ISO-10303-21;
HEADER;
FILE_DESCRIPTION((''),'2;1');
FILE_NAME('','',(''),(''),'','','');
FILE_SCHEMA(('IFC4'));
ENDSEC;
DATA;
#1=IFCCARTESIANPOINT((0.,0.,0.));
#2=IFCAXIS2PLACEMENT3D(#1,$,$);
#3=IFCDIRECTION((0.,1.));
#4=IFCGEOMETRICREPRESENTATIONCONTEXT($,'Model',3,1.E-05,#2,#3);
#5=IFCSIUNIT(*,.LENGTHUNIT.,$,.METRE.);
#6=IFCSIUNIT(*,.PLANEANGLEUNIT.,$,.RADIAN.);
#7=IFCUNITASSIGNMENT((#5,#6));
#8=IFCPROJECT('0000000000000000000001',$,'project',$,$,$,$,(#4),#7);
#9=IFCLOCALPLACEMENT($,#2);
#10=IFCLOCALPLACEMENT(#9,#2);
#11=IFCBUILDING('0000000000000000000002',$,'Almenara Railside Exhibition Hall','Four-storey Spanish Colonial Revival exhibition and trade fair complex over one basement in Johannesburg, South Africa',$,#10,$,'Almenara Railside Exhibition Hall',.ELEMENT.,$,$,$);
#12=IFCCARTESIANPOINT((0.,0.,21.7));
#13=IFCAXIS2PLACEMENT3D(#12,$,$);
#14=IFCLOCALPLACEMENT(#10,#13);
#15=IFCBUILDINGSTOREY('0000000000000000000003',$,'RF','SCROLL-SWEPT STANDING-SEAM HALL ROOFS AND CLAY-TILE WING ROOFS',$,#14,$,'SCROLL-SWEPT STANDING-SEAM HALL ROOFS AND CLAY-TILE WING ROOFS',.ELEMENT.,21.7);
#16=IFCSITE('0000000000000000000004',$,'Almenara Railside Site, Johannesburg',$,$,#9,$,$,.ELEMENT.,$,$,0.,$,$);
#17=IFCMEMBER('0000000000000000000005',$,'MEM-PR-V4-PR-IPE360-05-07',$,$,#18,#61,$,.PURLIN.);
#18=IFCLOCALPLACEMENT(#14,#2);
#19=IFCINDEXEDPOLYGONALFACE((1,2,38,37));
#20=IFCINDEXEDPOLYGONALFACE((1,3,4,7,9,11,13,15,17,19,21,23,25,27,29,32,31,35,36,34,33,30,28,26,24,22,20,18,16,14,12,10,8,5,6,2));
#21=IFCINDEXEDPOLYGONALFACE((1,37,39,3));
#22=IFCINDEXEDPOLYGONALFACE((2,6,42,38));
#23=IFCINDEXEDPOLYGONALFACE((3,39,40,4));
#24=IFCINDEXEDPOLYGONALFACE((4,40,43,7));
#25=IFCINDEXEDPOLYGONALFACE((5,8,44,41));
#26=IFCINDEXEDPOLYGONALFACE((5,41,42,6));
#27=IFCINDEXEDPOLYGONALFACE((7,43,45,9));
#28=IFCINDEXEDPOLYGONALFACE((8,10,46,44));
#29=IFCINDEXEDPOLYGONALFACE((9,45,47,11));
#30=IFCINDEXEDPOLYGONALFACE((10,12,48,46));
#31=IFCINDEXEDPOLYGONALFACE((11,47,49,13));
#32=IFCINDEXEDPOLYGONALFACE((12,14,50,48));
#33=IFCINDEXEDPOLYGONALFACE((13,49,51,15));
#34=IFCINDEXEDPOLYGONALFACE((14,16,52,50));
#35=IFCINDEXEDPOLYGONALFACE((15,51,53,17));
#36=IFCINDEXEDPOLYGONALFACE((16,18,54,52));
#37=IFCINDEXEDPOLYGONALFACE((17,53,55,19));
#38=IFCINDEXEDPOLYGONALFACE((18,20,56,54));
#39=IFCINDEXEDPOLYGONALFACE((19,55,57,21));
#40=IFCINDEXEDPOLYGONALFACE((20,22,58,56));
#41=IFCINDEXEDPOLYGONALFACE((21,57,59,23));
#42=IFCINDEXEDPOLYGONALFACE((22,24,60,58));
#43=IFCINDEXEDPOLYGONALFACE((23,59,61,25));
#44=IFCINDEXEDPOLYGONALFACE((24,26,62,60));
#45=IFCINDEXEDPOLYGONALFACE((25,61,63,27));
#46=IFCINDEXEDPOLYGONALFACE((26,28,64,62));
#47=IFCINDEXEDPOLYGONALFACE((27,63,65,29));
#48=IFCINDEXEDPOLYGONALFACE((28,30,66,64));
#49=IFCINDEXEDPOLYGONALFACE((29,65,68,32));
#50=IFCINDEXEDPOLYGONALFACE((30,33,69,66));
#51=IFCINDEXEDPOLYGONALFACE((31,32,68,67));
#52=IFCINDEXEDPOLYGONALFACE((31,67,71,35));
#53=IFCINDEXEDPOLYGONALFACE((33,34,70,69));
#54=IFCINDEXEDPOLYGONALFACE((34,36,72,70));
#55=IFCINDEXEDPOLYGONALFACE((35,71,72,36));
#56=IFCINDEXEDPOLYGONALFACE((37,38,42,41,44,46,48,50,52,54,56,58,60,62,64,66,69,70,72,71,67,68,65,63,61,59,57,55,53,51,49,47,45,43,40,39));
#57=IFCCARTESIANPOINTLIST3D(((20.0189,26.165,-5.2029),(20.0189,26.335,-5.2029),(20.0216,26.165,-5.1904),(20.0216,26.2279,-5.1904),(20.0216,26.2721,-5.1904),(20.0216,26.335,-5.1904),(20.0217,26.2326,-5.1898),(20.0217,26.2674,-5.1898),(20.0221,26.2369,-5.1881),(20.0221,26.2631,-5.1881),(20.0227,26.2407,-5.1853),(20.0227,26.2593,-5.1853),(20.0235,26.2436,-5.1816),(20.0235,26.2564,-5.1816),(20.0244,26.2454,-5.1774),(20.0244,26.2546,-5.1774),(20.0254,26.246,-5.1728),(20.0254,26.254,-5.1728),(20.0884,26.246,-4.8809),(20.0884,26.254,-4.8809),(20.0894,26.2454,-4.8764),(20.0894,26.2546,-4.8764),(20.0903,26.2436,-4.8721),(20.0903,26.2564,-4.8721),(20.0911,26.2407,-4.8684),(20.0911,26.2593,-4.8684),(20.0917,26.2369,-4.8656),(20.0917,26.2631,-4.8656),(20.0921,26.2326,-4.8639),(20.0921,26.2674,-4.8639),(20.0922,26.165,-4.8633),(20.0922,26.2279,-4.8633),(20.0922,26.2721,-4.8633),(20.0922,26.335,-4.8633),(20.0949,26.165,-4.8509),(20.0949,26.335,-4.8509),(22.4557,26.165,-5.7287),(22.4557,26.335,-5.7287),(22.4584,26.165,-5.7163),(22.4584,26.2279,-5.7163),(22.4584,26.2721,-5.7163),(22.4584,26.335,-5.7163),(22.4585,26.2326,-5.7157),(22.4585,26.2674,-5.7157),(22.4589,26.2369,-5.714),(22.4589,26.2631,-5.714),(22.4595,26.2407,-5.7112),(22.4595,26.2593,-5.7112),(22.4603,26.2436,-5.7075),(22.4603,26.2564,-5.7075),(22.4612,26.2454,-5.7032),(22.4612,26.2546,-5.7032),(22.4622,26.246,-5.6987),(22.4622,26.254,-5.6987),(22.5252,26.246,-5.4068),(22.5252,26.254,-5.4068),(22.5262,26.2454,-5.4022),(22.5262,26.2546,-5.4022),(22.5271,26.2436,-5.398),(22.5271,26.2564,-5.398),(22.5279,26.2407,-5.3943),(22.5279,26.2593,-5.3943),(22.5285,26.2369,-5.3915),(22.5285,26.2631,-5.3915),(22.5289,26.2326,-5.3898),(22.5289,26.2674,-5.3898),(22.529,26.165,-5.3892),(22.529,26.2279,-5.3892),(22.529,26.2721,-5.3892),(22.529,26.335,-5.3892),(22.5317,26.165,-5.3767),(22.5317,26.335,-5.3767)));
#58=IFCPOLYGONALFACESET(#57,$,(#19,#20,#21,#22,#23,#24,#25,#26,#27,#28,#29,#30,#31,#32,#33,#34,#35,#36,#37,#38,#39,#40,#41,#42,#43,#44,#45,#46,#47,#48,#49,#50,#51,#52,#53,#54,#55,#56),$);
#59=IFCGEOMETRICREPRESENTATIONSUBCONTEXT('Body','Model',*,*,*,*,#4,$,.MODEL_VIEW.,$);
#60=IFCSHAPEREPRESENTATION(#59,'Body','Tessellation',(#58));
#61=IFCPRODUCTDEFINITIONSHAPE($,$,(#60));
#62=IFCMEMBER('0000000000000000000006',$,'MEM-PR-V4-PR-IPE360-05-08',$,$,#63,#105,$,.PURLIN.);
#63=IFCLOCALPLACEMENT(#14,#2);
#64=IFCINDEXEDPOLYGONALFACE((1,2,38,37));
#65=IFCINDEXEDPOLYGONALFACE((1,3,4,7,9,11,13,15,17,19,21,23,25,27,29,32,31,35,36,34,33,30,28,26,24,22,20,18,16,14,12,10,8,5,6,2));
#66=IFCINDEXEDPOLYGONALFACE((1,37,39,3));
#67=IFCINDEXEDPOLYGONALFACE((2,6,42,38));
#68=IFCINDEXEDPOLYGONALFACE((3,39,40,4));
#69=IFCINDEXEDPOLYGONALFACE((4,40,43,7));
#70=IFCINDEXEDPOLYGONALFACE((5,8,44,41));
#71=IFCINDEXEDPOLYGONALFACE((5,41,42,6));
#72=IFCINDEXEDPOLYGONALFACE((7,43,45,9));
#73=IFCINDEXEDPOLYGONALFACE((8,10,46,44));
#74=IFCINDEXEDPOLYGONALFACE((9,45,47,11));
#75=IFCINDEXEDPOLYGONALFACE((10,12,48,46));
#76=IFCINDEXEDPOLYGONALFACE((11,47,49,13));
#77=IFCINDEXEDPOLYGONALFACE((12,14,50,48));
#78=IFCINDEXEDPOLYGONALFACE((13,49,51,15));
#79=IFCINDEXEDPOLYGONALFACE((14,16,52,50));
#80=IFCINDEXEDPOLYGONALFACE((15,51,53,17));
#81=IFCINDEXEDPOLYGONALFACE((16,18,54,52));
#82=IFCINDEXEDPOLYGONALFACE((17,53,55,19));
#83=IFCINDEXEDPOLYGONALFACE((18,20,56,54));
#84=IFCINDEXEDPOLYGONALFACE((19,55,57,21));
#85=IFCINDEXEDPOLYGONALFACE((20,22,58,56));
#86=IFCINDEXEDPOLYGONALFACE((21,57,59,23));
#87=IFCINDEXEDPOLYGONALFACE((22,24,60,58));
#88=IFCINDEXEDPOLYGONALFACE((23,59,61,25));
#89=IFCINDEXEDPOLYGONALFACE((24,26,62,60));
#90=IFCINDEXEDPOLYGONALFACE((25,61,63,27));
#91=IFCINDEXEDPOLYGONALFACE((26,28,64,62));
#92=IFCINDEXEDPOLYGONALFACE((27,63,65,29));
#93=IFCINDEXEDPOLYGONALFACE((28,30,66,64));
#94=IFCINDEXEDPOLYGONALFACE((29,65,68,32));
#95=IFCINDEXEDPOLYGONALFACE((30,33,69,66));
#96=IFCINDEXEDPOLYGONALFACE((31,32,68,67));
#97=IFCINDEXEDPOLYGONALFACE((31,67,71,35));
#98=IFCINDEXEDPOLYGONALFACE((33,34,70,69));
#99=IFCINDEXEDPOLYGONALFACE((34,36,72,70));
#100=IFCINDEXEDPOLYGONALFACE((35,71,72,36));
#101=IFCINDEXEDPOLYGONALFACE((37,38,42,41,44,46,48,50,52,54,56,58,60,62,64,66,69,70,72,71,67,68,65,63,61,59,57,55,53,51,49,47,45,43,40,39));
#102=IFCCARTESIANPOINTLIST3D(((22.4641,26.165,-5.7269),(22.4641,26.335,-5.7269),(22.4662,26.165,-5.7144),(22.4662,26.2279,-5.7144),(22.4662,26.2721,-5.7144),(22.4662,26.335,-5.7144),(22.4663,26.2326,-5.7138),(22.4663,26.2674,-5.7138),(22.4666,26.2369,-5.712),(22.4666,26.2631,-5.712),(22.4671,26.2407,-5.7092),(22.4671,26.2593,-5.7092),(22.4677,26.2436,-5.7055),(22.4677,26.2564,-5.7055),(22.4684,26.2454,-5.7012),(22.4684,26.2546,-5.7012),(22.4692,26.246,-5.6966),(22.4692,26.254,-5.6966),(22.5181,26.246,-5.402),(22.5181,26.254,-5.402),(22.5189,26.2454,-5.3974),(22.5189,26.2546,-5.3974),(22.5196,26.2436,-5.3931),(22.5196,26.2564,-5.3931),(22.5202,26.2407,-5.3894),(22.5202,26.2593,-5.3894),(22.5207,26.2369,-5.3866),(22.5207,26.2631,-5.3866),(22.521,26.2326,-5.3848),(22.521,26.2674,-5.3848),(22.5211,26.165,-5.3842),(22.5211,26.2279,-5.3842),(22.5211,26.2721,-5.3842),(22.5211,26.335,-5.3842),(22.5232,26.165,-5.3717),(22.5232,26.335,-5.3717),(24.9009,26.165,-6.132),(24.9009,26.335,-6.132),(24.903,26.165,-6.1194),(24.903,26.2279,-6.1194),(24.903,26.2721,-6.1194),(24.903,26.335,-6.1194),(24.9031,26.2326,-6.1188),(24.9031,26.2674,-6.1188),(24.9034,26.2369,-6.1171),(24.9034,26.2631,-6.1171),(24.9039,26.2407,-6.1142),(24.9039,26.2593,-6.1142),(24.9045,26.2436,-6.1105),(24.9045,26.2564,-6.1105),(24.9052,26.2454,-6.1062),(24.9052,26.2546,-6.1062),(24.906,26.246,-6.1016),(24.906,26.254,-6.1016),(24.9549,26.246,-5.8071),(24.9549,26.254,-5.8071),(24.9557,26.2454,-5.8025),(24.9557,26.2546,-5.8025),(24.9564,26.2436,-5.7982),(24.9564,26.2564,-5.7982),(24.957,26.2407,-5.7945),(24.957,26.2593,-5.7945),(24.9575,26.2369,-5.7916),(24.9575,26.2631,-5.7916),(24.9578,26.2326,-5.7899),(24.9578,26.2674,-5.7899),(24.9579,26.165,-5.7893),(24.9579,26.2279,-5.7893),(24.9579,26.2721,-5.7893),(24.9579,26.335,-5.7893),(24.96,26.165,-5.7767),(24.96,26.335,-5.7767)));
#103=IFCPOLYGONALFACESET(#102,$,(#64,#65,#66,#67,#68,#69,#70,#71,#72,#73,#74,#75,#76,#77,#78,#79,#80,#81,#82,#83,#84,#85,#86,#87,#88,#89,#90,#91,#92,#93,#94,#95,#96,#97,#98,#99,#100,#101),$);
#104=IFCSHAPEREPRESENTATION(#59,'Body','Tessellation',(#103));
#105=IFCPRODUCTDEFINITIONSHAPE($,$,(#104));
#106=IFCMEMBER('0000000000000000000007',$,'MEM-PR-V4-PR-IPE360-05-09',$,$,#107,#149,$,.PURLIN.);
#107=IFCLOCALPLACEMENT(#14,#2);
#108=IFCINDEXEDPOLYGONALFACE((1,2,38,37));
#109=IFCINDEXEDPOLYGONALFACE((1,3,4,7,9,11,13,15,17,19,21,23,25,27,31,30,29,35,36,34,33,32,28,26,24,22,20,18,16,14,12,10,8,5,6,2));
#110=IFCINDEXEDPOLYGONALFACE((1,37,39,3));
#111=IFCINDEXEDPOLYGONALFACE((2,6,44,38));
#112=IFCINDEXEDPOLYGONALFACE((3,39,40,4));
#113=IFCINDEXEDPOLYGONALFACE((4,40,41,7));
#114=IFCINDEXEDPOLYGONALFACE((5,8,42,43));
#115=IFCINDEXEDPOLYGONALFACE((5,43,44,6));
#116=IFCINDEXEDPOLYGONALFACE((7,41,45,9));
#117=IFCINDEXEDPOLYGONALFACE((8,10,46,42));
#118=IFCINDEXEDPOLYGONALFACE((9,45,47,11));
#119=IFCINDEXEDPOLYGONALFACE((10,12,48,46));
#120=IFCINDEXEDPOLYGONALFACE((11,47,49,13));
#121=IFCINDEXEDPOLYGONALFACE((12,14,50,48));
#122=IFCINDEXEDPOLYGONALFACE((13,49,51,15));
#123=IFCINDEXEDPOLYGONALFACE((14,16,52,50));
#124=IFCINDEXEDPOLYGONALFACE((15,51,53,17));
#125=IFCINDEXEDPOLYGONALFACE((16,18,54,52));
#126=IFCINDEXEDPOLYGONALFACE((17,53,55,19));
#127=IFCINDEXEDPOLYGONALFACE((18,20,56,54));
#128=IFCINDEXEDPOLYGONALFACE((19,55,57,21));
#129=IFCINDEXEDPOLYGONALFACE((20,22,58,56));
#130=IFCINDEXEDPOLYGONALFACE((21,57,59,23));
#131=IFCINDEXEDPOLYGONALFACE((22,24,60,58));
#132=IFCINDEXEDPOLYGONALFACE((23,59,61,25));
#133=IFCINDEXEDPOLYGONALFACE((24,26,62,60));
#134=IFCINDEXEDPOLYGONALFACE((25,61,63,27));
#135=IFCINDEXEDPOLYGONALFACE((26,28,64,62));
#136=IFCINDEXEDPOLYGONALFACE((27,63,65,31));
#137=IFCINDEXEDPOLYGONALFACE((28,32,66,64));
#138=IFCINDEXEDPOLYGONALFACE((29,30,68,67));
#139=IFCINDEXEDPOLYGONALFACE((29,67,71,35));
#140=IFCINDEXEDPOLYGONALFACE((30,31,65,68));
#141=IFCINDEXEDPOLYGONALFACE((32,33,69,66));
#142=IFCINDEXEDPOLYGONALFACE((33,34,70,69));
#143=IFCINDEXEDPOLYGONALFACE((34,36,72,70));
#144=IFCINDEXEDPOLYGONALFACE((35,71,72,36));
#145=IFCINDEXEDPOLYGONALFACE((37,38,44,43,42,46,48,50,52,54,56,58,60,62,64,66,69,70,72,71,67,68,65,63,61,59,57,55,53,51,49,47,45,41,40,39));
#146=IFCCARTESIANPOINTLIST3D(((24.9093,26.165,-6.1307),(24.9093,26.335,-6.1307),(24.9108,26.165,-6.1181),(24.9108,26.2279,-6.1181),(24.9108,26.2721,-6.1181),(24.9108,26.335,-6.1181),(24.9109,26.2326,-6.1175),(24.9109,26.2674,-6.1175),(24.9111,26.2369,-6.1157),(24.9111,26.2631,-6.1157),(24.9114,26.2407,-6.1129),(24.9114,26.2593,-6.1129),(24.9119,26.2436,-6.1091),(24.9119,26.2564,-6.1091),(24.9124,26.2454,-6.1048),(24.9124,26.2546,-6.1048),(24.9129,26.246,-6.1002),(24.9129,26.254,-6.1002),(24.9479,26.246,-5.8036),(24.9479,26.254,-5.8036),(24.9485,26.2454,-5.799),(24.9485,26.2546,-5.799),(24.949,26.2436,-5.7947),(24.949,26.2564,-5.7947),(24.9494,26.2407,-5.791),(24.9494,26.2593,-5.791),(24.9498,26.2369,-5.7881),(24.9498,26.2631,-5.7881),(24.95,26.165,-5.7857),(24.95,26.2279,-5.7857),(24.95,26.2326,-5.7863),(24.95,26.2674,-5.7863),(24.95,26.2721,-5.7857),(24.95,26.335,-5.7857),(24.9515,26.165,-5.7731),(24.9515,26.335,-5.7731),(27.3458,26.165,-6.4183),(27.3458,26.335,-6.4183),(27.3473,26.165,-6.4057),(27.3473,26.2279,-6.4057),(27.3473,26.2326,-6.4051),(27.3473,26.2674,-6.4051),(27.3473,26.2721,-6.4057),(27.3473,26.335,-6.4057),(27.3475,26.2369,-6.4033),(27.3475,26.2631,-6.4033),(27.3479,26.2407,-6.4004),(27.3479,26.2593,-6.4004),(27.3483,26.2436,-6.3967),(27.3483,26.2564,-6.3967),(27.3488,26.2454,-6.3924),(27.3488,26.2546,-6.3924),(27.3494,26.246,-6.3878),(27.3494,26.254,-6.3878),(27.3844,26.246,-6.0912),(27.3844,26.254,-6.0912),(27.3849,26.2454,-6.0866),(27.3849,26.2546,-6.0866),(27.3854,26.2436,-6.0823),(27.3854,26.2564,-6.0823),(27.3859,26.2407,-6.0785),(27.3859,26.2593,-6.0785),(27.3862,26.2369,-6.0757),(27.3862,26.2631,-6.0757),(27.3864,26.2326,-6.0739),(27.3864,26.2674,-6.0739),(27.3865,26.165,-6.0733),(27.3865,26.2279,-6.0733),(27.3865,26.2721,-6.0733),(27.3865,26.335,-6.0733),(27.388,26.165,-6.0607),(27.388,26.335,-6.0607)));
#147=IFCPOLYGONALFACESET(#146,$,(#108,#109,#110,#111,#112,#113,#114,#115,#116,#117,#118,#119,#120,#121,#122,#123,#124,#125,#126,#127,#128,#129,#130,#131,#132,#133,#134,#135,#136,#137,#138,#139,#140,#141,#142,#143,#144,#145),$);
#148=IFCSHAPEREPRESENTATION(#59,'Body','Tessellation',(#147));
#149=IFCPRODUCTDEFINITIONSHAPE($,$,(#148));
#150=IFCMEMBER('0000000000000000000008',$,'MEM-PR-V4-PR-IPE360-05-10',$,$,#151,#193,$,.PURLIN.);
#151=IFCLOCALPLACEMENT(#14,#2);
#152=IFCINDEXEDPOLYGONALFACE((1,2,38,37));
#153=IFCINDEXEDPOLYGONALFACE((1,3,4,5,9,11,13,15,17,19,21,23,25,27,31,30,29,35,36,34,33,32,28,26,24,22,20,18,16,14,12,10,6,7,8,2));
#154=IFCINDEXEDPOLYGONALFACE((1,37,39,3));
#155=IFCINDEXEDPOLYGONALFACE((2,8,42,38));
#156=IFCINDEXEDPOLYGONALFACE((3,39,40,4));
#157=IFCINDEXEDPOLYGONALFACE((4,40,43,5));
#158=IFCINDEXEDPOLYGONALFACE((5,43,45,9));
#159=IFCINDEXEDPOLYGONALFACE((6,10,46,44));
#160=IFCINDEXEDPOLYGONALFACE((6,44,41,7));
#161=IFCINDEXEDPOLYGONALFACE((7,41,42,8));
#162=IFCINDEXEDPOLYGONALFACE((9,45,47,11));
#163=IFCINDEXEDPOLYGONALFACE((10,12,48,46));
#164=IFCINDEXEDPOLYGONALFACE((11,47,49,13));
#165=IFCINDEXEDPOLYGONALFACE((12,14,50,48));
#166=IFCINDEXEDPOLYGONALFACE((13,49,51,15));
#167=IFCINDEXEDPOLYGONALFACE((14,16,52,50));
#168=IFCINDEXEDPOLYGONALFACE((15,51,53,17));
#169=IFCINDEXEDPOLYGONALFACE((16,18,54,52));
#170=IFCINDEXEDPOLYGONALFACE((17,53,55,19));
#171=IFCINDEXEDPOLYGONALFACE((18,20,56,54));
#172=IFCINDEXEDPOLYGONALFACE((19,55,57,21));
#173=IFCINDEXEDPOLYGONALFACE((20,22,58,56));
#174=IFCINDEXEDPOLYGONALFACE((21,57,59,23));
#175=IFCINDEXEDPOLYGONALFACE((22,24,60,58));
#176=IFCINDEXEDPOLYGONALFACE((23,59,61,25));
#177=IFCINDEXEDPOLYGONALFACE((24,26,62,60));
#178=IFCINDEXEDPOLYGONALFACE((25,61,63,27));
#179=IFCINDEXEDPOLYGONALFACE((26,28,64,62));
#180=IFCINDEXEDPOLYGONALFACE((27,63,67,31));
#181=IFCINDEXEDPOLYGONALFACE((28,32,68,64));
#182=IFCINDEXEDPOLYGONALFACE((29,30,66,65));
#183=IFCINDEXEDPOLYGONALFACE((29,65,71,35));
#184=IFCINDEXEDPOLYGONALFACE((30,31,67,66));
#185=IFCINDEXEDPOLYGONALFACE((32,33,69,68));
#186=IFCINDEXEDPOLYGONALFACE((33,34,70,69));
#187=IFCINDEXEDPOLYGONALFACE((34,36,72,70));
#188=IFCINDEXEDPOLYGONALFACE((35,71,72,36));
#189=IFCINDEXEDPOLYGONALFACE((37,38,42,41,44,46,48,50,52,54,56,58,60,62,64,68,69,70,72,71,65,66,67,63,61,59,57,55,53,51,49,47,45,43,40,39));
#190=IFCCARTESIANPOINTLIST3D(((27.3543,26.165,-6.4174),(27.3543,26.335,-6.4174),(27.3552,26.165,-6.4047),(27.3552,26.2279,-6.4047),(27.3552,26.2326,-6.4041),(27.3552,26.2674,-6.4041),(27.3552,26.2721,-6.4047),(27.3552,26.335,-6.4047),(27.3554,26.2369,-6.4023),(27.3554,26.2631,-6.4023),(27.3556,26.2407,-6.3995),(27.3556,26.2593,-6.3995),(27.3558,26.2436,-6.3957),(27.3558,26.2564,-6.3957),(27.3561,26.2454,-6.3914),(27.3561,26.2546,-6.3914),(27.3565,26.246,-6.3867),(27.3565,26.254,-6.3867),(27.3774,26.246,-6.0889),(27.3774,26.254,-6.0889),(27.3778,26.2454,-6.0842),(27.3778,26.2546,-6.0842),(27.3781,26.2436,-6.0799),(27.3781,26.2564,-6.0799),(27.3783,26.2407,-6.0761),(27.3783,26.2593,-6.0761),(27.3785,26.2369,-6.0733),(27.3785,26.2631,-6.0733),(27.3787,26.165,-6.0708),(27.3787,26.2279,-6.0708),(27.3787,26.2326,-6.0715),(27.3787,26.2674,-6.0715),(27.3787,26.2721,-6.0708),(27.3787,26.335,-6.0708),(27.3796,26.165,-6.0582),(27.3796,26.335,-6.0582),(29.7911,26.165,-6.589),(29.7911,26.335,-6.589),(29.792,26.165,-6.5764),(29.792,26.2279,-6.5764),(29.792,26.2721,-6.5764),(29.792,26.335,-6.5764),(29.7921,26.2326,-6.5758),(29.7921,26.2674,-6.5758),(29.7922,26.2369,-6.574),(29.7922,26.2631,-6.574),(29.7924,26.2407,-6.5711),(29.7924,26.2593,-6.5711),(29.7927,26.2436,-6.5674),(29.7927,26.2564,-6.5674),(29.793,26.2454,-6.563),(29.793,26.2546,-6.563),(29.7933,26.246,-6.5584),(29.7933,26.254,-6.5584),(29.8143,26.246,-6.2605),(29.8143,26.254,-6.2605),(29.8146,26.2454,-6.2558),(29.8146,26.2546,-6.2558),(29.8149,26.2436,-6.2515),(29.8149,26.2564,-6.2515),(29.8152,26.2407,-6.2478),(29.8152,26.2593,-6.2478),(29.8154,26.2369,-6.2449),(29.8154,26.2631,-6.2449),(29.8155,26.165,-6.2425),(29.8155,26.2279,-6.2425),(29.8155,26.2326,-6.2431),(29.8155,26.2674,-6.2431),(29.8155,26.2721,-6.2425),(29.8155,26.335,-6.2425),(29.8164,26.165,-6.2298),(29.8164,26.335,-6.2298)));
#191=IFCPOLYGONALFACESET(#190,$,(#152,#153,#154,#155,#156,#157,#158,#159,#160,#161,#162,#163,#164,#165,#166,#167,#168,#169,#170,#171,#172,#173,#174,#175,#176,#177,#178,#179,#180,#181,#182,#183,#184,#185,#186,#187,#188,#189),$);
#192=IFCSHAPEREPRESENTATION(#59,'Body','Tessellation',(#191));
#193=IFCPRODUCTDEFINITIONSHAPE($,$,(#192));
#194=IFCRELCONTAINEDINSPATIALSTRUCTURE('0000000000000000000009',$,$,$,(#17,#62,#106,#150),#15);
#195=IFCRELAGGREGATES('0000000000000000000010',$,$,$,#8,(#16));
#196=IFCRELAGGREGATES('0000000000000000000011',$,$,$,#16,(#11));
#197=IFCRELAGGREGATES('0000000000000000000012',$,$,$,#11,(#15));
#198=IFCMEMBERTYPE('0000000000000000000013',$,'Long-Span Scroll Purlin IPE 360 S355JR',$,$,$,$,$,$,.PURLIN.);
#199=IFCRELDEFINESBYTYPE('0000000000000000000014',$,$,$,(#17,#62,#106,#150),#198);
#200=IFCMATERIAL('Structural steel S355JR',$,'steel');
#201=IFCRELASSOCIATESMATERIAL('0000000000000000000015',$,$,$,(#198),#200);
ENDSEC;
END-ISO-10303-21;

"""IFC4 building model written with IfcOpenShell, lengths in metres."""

from ifc_helpers import new_model, si_unit, direction, frame, origin, origin_2d, place, context, subcontext, project, spatial, i_section, extrude, material, material_profile, profile_set, type_object, element, save


model = new_model("IFC4")

# Units and contexts
model_context = context("Model", 3, precision=1e-05, world=origin(), true_north=direction((0.0, 1.0)))
body_context = subcontext(model_context, "Body", "Model", "MODEL_VIEW")
ifc_project = project(units=[si_unit("LENGTHUNIT", "METRE"), si_unit("PLANEANGLEUNIT", "RADIAN")], contexts=[model_context])

# Site, building, storey
site_placement = place(None, origin())
site = spatial("IfcSite", under=ifc_project, at=site_placement, Name="Almenara Railside Site, Johannesburg", CompositionType="ELEMENT", RefElevation=0.0)
building_placement = place(site_placement, origin())
building = spatial("IfcBuilding", under=site, at=building_placement, Name="Almenara Railside Exhibition Hall", Description="Four-storey Spanish Colonial Revival exhibition and trade fair complex over one basement in Johannesburg, South Africa", LongName="Almenara Railside Exhibition Hall", CompositionType="ELEMENT")
storey_placement = place(building_placement, frame((0.0, 0.0, 21.7)))
storey = spatial("IfcBuildingStorey", under=building, at=storey_placement, Name="RF", Description="SCROLL-SWEPT STANDING-SEAM HALL ROOFS AND CLAY-TILE WING ROOFS", LongName="SCROLL-SWEPT STANDING-SEAM HALL ROOFS AND CLAY-TILE WING ROOFS", CompositionType="ELEMENT", Elevation=21.7)

# Members
ifc_material_1 = material(Name="Structural steel S355JR", Category="steel")
ifc_material_profile_1 = material_profile(ifc_material_1, i_section(OverallWidth=0.1699, OverallDepth=0.3601, WebThickness=0.0081, FlangeThickness=0.0127, FilletRadius=0.0181, at=origin_2d()), Name="IPE 360")
ifc_profile_set_1 = profile_set([ifc_material_profile_1], Name="Structural steel S355JR")
member_type_1 = type_object("IfcMemberType", Name="Long-Span Scroll Purlin IPE 360 S355JR", PredefinedType="PURLIN", material=ifc_profile_set_1)
member_1_placement = place(storey_placement, frame((20.0569, 26.25, -5.0269), z_axis=(0.977496, 0.0, -0.210953), x_axis=(0.0, 1.0, 0.0)))
element("IfcMember", 1, at=member_1_placement, inside=storey, type_object=member_type_1, Name="MEM-PR-V4-PR-IPE360-05-07", PredefinedType="PURLIN", context=body_context, shape_type="SweptSolid", body=[
    extrude(i_section(OverallWidth=0.1699, OverallDepth=0.3601, WebThickness=0.0081, FlangeThickness=0.0127, FilletRadius=0.0181, at=origin_2d()), origin(), (0.0, 0.0, 1.0), 2.4929),
])
member_2_placement = place(storey_placement, frame((22.4937, 26.25, -5.5493), z_axis=(0.986466, 0.0, -0.163966), x_axis=(0.0, 1.0, 0.0)))
element("IfcMember", 2, at=member_2_placement, inside=storey, type_object=member_type_1, Name="MEM-PR-V4-PR-IPE360-05-08", PredefinedType="PURLIN", context=body_context, shape_type="SweptSolid", body=[
    extrude(i_section(OverallWidth=0.1699, OverallDepth=0.3601, WebThickness=0.0081, FlangeThickness=0.0127, FilletRadius=0.0181, at=origin_2d()), origin(), (0.0, 0.0, 1.0), 2.4702),
])
member_3_placement = place(storey_placement, frame((24.9304, 26.25, -5.9519), z_axis=(0.993106, 0.0, -0.117222), x_axis=(0.0, 1.0, 0.0)))
element("IfcMember", 3, at=member_3_placement, inside=storey, type_object=member_type_1, Name="MEM-PR-V4-PR-IPE360-05-09", PredefinedType="PURLIN", context=body_context, shape_type="SweptSolid", body=[
    extrude(i_section(OverallWidth=0.1699, OverallDepth=0.3601, WebThickness=0.0081, FlangeThickness=0.0127, FilletRadius=0.0181, at=origin_2d()), origin(), (0.0, 0.0, 1.0), 2.4534),
])
member_4_placement = place(storey_placement, frame((27.3669, 26.25, -6.2378), z_axis=(0.997529, 0.0, -0.07026), x_axis=(0.0, 1.0, 0.0)))
element("IfcMember", 4, at=member_4_placement, inside=storey, type_object=member_type_1, Name="MEM-PR-V4-PR-IPE360-05-10", PredefinedType="PURLIN", context=body_context, shape_type="SweptSolid", body=[
    extrude(i_section(OverallWidth=0.1699, OverallDepth=0.3601, WebThickness=0.0081, FlangeThickness=0.0127, FilletRadius=0.0181, at=origin_2d()), origin(), (0.0, 0.0, 1.0), 2.4429),
])

save(model, "model.ifc")
